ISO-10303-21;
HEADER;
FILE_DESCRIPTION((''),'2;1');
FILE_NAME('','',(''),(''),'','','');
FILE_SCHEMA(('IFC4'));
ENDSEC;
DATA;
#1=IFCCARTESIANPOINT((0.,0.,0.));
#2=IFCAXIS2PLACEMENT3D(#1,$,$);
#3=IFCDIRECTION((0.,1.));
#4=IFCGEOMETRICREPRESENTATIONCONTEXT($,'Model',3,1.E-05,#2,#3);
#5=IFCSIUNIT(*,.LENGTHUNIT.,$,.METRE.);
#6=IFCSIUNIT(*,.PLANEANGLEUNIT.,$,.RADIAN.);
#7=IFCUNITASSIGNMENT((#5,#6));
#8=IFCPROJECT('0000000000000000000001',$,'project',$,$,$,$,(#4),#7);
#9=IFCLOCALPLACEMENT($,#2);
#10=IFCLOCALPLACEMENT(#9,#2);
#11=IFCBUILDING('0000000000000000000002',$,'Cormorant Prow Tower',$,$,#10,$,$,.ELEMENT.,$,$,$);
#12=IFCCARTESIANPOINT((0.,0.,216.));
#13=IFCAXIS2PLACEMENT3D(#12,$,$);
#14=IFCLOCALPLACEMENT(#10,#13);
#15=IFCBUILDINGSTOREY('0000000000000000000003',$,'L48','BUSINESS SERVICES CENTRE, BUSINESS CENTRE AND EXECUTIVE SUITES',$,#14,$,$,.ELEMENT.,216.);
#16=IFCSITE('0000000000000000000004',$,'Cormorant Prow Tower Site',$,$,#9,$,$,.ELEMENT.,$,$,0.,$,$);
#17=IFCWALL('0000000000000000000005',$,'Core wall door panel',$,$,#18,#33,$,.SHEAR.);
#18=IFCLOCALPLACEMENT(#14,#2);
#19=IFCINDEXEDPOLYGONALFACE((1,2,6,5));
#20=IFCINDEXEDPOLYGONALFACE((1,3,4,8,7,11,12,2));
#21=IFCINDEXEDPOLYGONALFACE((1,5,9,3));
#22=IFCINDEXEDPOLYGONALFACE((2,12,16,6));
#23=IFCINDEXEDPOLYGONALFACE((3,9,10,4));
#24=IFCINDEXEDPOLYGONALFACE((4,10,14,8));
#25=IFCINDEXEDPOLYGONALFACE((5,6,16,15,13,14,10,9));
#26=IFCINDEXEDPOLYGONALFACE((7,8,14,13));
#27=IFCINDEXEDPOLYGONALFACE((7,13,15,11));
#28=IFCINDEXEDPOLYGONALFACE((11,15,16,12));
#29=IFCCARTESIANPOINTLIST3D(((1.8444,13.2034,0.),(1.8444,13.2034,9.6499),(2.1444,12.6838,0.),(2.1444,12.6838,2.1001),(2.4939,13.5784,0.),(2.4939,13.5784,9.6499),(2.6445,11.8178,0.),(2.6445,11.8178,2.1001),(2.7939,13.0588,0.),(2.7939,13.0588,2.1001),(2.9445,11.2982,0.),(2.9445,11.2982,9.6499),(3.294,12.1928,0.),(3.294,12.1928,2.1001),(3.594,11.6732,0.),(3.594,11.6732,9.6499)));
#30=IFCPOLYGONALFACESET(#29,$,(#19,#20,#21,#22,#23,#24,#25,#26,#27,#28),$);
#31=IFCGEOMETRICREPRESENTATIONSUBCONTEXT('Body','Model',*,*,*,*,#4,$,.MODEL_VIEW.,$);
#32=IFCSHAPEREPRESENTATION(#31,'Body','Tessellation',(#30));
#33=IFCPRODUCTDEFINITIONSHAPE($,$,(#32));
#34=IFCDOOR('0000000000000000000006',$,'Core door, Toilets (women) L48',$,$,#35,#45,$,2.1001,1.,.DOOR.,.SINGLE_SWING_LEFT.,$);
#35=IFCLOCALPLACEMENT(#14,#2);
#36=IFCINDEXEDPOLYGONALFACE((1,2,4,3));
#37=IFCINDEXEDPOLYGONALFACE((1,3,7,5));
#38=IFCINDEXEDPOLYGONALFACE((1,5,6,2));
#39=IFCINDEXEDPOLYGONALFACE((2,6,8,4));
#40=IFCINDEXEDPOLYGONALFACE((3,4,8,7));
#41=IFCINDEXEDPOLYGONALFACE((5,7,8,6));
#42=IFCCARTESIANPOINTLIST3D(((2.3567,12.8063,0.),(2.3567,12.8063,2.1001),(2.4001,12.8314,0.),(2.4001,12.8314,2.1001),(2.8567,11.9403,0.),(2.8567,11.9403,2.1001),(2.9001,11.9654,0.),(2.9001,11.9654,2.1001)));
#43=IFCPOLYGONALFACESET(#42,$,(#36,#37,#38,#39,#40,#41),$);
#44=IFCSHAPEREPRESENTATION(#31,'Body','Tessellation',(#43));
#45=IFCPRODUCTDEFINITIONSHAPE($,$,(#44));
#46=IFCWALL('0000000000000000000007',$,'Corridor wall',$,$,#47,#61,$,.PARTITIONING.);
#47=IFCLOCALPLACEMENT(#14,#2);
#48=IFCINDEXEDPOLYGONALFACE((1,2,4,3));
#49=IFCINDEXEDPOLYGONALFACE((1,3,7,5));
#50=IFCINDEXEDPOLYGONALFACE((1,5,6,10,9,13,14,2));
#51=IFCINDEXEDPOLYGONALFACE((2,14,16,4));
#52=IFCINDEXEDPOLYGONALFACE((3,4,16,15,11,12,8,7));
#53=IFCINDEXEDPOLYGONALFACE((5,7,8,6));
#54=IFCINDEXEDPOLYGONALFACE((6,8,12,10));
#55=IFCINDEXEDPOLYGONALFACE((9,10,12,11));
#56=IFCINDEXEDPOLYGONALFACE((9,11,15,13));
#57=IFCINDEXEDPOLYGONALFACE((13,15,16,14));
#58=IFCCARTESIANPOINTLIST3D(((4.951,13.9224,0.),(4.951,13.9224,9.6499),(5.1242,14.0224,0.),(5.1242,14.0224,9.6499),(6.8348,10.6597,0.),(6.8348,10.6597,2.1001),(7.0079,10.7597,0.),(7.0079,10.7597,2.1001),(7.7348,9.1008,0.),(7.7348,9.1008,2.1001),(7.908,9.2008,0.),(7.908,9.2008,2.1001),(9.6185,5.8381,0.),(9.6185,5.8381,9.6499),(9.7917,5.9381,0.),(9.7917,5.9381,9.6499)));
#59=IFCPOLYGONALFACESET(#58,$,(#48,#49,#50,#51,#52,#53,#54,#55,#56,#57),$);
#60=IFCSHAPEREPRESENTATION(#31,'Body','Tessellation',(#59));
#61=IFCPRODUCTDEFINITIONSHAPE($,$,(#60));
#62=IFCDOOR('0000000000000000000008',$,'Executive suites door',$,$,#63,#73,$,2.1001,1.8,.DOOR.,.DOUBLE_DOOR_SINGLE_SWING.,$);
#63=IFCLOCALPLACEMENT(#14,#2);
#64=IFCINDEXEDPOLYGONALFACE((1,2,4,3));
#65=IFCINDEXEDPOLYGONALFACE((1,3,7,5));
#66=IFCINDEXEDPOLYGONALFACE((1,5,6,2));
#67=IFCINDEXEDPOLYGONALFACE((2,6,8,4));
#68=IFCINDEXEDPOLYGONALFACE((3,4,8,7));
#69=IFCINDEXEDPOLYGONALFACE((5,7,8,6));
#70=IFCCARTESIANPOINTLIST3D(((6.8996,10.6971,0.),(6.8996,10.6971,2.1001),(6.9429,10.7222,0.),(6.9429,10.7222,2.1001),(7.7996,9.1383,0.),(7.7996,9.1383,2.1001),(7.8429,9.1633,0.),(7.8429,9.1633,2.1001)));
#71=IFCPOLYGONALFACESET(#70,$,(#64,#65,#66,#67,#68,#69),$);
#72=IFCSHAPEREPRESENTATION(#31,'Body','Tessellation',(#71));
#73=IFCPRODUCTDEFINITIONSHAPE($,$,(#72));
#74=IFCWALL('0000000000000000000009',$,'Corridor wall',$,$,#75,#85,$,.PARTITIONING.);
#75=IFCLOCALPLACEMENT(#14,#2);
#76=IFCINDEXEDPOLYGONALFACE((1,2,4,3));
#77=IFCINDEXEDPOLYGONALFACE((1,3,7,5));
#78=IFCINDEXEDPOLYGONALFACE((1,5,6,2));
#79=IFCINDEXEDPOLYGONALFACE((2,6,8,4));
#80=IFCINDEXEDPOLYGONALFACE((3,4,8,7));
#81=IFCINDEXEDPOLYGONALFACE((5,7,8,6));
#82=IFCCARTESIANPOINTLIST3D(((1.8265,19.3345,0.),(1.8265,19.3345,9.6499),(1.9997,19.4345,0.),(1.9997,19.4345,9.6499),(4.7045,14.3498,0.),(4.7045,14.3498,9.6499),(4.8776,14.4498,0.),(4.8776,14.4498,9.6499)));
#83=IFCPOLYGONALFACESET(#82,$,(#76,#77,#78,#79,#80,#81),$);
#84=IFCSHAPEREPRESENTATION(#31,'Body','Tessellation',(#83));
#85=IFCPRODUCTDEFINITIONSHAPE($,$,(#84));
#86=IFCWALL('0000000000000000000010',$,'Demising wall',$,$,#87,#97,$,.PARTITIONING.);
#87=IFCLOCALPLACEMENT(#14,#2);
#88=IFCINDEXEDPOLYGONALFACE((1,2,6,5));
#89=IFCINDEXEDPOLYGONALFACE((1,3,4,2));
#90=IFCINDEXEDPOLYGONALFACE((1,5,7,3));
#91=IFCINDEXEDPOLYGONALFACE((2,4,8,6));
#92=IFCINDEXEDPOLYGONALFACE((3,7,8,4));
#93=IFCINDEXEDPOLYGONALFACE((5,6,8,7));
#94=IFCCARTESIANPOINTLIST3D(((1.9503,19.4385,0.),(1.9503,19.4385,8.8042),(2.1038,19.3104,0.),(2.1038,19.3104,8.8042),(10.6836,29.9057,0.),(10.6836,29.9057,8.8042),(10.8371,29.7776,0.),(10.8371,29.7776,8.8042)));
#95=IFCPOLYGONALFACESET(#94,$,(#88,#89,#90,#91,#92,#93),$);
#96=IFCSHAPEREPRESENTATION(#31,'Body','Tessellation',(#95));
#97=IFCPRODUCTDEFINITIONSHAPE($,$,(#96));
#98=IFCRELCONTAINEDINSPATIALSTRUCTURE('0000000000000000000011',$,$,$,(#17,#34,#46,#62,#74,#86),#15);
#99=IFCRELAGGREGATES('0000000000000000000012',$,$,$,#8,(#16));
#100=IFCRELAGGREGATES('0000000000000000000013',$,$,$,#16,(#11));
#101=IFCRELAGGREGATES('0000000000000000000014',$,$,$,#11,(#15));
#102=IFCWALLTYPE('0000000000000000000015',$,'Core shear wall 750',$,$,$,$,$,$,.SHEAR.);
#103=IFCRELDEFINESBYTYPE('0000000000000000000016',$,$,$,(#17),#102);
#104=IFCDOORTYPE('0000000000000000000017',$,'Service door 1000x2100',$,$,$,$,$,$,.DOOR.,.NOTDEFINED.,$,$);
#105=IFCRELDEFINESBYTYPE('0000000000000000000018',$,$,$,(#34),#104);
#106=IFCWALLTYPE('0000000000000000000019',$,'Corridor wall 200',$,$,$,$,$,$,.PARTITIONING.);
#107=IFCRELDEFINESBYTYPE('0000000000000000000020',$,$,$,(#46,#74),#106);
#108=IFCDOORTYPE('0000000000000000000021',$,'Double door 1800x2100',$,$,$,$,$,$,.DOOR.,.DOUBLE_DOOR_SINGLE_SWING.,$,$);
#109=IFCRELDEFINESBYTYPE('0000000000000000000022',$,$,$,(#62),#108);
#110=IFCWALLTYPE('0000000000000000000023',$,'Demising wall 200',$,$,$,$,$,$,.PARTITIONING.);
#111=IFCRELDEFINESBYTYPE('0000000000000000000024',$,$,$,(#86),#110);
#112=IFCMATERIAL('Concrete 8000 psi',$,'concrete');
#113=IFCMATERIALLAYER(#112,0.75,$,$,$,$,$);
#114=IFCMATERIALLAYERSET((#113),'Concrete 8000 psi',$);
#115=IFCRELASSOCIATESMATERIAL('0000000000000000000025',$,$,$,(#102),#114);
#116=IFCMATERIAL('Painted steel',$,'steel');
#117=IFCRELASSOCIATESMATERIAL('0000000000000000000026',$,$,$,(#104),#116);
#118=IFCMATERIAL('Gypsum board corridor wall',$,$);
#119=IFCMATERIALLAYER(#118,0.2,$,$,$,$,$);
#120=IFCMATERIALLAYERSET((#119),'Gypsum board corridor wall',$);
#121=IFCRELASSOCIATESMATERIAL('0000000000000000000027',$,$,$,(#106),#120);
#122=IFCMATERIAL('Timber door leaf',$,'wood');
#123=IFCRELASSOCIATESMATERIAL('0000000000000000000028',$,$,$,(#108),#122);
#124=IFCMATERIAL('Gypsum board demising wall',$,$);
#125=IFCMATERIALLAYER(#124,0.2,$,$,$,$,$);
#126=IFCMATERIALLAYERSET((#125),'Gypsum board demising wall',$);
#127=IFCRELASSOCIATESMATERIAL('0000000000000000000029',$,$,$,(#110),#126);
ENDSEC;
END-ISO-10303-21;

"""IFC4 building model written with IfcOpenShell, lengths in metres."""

from ifc_helpers import new_model, si_unit, direction, frame, frame_2d, origin, place, context, subcontext, project, spatial, rectangle, extrude, material, layer, layer_set, type_object, element, fill, save


model = new_model("IFC4")

# Units and contexts
model_context = context("Model", 3, precision=1e-05, world=origin(), true_north=direction((0.0, 1.0)))
body_context = subcontext(model_context, "Body", "Model", "MODEL_VIEW")
ifc_project = project(units=[si_unit("LENGTHUNIT", "METRE"), si_unit("PLANEANGLEUNIT", "RADIAN")], contexts=[model_context])

# Site, building, storey
site_placement = place(None, origin())
site = spatial("IfcSite", under=ifc_project, at=site_placement, Name="Cormorant Prow Tower Site", CompositionType="ELEMENT", RefElevation=0.0)
building_placement = place(site_placement, origin())
building = spatial("IfcBuilding", under=site, at=building_placement, Name="Cormorant Prow Tower", CompositionType="ELEMENT")
storey_placement = place(building_placement, frame((0.0, 0.0, 216.0)))
storey = spatial("IfcBuildingStorey", under=building, at=storey_placement, Name="L48", Description="BUSINESS SERVICES CENTRE, BUSINESS CENTRE AND EXECUTIVE SUITES", CompositionType="ELEMENT", Elevation=216.0)

# Shared definitions
ifc_material_1 = material(Name="Concrete 8000 psi", Category="concrete")
ifc_layer_1 = layer(ifc_material_1, 0.75)
ifc_layer_set_1 = layer_set([ifc_layer_1], Name="Concrete 8000 psi")
wall_type_1 = type_object("IfcWallType", Name="Core shear wall 750", PredefinedType="SHEAR", material=ifc_layer_set_1)

# Walls, openings, doors
wall_1_placement = place(storey_placement, frame((3.2693, 11.4856, 0.0), z_axis=(0.0, 0.0, 1.0), x_axis=(-0.50003, 0.866008, 0.0)))
wall_1 = element("IfcWall", 1, at=wall_1_placement, inside=storey, type_object=wall_type_1, Name="Core wall door panel", PredefinedType="SHEAR", context=body_context, shape_type="SweptSolid", body=[
    extrude(rectangle(XDim=2.2, YDim=0.75, at=frame_2d((1.1001, 0.0))), origin(), (0.0, 0.0, 1.0), 9.6499),
])
opening_1_placement = place(wall_1_placement, frame((0.6001, 0.0, 0.0)))
opening_1 = element("IfcOpeningElement", 2, at=opening_1_placement, cuts=wall_1, PredefinedType="OPENING", context=body_context, shape_type="SweptSolid", body=[
    extrude(rectangle(XDim=1.0, YDim=2.1001, at=frame_2d((0.5, 1.05))), frame((0.0, 0.385, 0.0), z_axis=(0.0, -1.0, 0.0), x_axis=(1.0, 0.0, 0.0)), (0.0, 0.0, 1.0), 0.77),
])
ifc_material_2 = material(Name="Painted steel", Category="steel")
door_type_1 = type_object("IfcDoorType", Name="Service door 1000x2100", OperationType="NOTDEFINED", PredefinedType="DOOR", material=ifc_material_2)
door_1_placement = place(opening_1_placement, origin())
door_1 = element("IfcDoor", 3, at=door_1_placement, inside=storey, type_object=door_type_1, Name="Core door, Toilets (women) L48", OperationType="SINGLE_SWING_LEFT", OverallHeight=2.1001, OverallWidth=1.0, PredefinedType="DOOR", context=body_context, shape_type="SweptSolid", body=[
    extrude(rectangle(XDim=1.0, YDim=2.1001, at=frame_2d((0.5, 1.05))), frame((0.0, 0.1299, 0.0), z_axis=(0.0, -1.0, 0.0), x_axis=(1.0, 0.0, 0.0)), (0.0, 0.0, 1.0), 0.05),
])
fill(opening_1, door_1)
ifc_material_3 = material(Name="Gypsum board corridor wall")
ifc_layer_2 = layer(ifc_material_3, 0.2)
ifc_layer_set_2 = layer_set([ifc_layer_2], Name="Gypsum board corridor wall")
wall_type_2 = type_object("IfcWallType", Name="Corridor wall 200", PredefinedType="PARTITIONING", material=ifc_layer_set_2)
wall_2_placement = place(storey_placement, frame((5.0376, 13.9724, 0.0), z_axis=(0.0, 0.0, 1.0), x_axis=(0.500004, -0.866023, 0.0)))
wall_2 = element("IfcWall", 4, at=wall_2_placement, inside=storey, type_object=wall_type_2, Name="Corridor wall", PredefinedType="PARTITIONING", context=body_context, shape_type="SweptSolid", body=[
    extrude(rectangle(XDim=9.335, YDim=0.2, at=frame_2d((4.6675, 0.0))), origin(), (0.0, 0.0, 1.0), 9.6499),
])
opening_2_placement = place(wall_2_placement, frame((3.7676, 0.0, 0.0)))
opening_2 = element("IfcOpeningElement", 5, at=opening_2_placement, cuts=wall_2, PredefinedType="OPENING", context=body_context, shape_type="SweptSolid", body=[
    extrude(rectangle(XDim=1.8, YDim=2.1001, at=frame_2d((0.8999, 1.05))), frame((0.0, 0.1099, 0.0), z_axis=(0.0, -1.0, 0.0), x_axis=(1.0, 0.0, 0.0)), (0.0, 0.0, 1.0), 0.22),
])
ifc_material_4 = material(Name="Timber door leaf", Category="wood")
door_type_2 = type_object("IfcDoorType", Name="Double door 1800x2100", OperationType="DOUBLE_DOOR_SINGLE_SWING", PredefinedType="DOOR", material=ifc_material_4)
door_2_placement = place(opening_2_placement, origin())
door_2 = element("IfcDoor", 6, at=door_2_placement, inside=storey, type_object=door_type_2, Name="Executive suites door", OperationType="DOUBLE_DOOR_SINGLE_SWING", OverallHeight=2.1001, OverallWidth=1.8, PredefinedType="DOOR", context=body_context, shape_type="SweptSolid", body=[
    extrude(rectangle(XDim=1.8, YDim=2.1001, at=frame_2d((0.8999, 1.05))), frame((0.0, 0.0249, 0.0), z_axis=(0.0, -1.0, 0.0), x_axis=(1.0, 0.0, 0.0)), (0.0, 0.0, 1.0), 0.05),
])
fill(opening_2, door_2)

# Walls
wall_3_placement = place(storey_placement, frame((1.9131, 19.3845, 0.0), z_axis=(0.0, 0.0, 1.0), x_axis=(0.500008, -0.866021, 0.0)))
element("IfcWall", 7, at=wall_3_placement, inside=storey, type_object=wall_type_2, Name="Corridor wall", PredefinedType="PARTITIONING", context=body_context, shape_type="SweptSolid", body=[
    extrude(rectangle(XDim=5.7559, YDim=0.2, at=frame_2d((2.8779, 0.0))), origin(), (0.0, 0.0, 1.0), 9.6499),
])
ifc_material_5 = material(Name="Gypsum board demising wall")
ifc_layer_3 = layer(ifc_material_5, 0.2)
ifc_layer_set_3 = layer_set([ifc_layer_3], Name="Gypsum board demising wall")
wall_type_3 = type_object("IfcWallType", Name="Demising wall 200", PredefinedType="PARTITIONING", material=ifc_layer_set_3)
wall_4_placement = place(storey_placement, frame((2.0271, 19.3745, 0.0), z_axis=(0.0, 0.0, 1.0), x_axis=(0.640646, 0.767837, 0.0)))
element("IfcWall", 8, at=wall_4_placement, inside=storey, type_object=wall_type_3, Name="Demising wall", PredefinedType="PARTITIONING", context=body_context, shape_type="SweptSolid", body=[
    extrude(rectangle(XDim=13.6321, YDim=0.2, at=frame_2d((6.8159, 0.0))), origin(), (0.0, 0.0, 1.0), 8.8042),
])

save(model, "model.ifc")
